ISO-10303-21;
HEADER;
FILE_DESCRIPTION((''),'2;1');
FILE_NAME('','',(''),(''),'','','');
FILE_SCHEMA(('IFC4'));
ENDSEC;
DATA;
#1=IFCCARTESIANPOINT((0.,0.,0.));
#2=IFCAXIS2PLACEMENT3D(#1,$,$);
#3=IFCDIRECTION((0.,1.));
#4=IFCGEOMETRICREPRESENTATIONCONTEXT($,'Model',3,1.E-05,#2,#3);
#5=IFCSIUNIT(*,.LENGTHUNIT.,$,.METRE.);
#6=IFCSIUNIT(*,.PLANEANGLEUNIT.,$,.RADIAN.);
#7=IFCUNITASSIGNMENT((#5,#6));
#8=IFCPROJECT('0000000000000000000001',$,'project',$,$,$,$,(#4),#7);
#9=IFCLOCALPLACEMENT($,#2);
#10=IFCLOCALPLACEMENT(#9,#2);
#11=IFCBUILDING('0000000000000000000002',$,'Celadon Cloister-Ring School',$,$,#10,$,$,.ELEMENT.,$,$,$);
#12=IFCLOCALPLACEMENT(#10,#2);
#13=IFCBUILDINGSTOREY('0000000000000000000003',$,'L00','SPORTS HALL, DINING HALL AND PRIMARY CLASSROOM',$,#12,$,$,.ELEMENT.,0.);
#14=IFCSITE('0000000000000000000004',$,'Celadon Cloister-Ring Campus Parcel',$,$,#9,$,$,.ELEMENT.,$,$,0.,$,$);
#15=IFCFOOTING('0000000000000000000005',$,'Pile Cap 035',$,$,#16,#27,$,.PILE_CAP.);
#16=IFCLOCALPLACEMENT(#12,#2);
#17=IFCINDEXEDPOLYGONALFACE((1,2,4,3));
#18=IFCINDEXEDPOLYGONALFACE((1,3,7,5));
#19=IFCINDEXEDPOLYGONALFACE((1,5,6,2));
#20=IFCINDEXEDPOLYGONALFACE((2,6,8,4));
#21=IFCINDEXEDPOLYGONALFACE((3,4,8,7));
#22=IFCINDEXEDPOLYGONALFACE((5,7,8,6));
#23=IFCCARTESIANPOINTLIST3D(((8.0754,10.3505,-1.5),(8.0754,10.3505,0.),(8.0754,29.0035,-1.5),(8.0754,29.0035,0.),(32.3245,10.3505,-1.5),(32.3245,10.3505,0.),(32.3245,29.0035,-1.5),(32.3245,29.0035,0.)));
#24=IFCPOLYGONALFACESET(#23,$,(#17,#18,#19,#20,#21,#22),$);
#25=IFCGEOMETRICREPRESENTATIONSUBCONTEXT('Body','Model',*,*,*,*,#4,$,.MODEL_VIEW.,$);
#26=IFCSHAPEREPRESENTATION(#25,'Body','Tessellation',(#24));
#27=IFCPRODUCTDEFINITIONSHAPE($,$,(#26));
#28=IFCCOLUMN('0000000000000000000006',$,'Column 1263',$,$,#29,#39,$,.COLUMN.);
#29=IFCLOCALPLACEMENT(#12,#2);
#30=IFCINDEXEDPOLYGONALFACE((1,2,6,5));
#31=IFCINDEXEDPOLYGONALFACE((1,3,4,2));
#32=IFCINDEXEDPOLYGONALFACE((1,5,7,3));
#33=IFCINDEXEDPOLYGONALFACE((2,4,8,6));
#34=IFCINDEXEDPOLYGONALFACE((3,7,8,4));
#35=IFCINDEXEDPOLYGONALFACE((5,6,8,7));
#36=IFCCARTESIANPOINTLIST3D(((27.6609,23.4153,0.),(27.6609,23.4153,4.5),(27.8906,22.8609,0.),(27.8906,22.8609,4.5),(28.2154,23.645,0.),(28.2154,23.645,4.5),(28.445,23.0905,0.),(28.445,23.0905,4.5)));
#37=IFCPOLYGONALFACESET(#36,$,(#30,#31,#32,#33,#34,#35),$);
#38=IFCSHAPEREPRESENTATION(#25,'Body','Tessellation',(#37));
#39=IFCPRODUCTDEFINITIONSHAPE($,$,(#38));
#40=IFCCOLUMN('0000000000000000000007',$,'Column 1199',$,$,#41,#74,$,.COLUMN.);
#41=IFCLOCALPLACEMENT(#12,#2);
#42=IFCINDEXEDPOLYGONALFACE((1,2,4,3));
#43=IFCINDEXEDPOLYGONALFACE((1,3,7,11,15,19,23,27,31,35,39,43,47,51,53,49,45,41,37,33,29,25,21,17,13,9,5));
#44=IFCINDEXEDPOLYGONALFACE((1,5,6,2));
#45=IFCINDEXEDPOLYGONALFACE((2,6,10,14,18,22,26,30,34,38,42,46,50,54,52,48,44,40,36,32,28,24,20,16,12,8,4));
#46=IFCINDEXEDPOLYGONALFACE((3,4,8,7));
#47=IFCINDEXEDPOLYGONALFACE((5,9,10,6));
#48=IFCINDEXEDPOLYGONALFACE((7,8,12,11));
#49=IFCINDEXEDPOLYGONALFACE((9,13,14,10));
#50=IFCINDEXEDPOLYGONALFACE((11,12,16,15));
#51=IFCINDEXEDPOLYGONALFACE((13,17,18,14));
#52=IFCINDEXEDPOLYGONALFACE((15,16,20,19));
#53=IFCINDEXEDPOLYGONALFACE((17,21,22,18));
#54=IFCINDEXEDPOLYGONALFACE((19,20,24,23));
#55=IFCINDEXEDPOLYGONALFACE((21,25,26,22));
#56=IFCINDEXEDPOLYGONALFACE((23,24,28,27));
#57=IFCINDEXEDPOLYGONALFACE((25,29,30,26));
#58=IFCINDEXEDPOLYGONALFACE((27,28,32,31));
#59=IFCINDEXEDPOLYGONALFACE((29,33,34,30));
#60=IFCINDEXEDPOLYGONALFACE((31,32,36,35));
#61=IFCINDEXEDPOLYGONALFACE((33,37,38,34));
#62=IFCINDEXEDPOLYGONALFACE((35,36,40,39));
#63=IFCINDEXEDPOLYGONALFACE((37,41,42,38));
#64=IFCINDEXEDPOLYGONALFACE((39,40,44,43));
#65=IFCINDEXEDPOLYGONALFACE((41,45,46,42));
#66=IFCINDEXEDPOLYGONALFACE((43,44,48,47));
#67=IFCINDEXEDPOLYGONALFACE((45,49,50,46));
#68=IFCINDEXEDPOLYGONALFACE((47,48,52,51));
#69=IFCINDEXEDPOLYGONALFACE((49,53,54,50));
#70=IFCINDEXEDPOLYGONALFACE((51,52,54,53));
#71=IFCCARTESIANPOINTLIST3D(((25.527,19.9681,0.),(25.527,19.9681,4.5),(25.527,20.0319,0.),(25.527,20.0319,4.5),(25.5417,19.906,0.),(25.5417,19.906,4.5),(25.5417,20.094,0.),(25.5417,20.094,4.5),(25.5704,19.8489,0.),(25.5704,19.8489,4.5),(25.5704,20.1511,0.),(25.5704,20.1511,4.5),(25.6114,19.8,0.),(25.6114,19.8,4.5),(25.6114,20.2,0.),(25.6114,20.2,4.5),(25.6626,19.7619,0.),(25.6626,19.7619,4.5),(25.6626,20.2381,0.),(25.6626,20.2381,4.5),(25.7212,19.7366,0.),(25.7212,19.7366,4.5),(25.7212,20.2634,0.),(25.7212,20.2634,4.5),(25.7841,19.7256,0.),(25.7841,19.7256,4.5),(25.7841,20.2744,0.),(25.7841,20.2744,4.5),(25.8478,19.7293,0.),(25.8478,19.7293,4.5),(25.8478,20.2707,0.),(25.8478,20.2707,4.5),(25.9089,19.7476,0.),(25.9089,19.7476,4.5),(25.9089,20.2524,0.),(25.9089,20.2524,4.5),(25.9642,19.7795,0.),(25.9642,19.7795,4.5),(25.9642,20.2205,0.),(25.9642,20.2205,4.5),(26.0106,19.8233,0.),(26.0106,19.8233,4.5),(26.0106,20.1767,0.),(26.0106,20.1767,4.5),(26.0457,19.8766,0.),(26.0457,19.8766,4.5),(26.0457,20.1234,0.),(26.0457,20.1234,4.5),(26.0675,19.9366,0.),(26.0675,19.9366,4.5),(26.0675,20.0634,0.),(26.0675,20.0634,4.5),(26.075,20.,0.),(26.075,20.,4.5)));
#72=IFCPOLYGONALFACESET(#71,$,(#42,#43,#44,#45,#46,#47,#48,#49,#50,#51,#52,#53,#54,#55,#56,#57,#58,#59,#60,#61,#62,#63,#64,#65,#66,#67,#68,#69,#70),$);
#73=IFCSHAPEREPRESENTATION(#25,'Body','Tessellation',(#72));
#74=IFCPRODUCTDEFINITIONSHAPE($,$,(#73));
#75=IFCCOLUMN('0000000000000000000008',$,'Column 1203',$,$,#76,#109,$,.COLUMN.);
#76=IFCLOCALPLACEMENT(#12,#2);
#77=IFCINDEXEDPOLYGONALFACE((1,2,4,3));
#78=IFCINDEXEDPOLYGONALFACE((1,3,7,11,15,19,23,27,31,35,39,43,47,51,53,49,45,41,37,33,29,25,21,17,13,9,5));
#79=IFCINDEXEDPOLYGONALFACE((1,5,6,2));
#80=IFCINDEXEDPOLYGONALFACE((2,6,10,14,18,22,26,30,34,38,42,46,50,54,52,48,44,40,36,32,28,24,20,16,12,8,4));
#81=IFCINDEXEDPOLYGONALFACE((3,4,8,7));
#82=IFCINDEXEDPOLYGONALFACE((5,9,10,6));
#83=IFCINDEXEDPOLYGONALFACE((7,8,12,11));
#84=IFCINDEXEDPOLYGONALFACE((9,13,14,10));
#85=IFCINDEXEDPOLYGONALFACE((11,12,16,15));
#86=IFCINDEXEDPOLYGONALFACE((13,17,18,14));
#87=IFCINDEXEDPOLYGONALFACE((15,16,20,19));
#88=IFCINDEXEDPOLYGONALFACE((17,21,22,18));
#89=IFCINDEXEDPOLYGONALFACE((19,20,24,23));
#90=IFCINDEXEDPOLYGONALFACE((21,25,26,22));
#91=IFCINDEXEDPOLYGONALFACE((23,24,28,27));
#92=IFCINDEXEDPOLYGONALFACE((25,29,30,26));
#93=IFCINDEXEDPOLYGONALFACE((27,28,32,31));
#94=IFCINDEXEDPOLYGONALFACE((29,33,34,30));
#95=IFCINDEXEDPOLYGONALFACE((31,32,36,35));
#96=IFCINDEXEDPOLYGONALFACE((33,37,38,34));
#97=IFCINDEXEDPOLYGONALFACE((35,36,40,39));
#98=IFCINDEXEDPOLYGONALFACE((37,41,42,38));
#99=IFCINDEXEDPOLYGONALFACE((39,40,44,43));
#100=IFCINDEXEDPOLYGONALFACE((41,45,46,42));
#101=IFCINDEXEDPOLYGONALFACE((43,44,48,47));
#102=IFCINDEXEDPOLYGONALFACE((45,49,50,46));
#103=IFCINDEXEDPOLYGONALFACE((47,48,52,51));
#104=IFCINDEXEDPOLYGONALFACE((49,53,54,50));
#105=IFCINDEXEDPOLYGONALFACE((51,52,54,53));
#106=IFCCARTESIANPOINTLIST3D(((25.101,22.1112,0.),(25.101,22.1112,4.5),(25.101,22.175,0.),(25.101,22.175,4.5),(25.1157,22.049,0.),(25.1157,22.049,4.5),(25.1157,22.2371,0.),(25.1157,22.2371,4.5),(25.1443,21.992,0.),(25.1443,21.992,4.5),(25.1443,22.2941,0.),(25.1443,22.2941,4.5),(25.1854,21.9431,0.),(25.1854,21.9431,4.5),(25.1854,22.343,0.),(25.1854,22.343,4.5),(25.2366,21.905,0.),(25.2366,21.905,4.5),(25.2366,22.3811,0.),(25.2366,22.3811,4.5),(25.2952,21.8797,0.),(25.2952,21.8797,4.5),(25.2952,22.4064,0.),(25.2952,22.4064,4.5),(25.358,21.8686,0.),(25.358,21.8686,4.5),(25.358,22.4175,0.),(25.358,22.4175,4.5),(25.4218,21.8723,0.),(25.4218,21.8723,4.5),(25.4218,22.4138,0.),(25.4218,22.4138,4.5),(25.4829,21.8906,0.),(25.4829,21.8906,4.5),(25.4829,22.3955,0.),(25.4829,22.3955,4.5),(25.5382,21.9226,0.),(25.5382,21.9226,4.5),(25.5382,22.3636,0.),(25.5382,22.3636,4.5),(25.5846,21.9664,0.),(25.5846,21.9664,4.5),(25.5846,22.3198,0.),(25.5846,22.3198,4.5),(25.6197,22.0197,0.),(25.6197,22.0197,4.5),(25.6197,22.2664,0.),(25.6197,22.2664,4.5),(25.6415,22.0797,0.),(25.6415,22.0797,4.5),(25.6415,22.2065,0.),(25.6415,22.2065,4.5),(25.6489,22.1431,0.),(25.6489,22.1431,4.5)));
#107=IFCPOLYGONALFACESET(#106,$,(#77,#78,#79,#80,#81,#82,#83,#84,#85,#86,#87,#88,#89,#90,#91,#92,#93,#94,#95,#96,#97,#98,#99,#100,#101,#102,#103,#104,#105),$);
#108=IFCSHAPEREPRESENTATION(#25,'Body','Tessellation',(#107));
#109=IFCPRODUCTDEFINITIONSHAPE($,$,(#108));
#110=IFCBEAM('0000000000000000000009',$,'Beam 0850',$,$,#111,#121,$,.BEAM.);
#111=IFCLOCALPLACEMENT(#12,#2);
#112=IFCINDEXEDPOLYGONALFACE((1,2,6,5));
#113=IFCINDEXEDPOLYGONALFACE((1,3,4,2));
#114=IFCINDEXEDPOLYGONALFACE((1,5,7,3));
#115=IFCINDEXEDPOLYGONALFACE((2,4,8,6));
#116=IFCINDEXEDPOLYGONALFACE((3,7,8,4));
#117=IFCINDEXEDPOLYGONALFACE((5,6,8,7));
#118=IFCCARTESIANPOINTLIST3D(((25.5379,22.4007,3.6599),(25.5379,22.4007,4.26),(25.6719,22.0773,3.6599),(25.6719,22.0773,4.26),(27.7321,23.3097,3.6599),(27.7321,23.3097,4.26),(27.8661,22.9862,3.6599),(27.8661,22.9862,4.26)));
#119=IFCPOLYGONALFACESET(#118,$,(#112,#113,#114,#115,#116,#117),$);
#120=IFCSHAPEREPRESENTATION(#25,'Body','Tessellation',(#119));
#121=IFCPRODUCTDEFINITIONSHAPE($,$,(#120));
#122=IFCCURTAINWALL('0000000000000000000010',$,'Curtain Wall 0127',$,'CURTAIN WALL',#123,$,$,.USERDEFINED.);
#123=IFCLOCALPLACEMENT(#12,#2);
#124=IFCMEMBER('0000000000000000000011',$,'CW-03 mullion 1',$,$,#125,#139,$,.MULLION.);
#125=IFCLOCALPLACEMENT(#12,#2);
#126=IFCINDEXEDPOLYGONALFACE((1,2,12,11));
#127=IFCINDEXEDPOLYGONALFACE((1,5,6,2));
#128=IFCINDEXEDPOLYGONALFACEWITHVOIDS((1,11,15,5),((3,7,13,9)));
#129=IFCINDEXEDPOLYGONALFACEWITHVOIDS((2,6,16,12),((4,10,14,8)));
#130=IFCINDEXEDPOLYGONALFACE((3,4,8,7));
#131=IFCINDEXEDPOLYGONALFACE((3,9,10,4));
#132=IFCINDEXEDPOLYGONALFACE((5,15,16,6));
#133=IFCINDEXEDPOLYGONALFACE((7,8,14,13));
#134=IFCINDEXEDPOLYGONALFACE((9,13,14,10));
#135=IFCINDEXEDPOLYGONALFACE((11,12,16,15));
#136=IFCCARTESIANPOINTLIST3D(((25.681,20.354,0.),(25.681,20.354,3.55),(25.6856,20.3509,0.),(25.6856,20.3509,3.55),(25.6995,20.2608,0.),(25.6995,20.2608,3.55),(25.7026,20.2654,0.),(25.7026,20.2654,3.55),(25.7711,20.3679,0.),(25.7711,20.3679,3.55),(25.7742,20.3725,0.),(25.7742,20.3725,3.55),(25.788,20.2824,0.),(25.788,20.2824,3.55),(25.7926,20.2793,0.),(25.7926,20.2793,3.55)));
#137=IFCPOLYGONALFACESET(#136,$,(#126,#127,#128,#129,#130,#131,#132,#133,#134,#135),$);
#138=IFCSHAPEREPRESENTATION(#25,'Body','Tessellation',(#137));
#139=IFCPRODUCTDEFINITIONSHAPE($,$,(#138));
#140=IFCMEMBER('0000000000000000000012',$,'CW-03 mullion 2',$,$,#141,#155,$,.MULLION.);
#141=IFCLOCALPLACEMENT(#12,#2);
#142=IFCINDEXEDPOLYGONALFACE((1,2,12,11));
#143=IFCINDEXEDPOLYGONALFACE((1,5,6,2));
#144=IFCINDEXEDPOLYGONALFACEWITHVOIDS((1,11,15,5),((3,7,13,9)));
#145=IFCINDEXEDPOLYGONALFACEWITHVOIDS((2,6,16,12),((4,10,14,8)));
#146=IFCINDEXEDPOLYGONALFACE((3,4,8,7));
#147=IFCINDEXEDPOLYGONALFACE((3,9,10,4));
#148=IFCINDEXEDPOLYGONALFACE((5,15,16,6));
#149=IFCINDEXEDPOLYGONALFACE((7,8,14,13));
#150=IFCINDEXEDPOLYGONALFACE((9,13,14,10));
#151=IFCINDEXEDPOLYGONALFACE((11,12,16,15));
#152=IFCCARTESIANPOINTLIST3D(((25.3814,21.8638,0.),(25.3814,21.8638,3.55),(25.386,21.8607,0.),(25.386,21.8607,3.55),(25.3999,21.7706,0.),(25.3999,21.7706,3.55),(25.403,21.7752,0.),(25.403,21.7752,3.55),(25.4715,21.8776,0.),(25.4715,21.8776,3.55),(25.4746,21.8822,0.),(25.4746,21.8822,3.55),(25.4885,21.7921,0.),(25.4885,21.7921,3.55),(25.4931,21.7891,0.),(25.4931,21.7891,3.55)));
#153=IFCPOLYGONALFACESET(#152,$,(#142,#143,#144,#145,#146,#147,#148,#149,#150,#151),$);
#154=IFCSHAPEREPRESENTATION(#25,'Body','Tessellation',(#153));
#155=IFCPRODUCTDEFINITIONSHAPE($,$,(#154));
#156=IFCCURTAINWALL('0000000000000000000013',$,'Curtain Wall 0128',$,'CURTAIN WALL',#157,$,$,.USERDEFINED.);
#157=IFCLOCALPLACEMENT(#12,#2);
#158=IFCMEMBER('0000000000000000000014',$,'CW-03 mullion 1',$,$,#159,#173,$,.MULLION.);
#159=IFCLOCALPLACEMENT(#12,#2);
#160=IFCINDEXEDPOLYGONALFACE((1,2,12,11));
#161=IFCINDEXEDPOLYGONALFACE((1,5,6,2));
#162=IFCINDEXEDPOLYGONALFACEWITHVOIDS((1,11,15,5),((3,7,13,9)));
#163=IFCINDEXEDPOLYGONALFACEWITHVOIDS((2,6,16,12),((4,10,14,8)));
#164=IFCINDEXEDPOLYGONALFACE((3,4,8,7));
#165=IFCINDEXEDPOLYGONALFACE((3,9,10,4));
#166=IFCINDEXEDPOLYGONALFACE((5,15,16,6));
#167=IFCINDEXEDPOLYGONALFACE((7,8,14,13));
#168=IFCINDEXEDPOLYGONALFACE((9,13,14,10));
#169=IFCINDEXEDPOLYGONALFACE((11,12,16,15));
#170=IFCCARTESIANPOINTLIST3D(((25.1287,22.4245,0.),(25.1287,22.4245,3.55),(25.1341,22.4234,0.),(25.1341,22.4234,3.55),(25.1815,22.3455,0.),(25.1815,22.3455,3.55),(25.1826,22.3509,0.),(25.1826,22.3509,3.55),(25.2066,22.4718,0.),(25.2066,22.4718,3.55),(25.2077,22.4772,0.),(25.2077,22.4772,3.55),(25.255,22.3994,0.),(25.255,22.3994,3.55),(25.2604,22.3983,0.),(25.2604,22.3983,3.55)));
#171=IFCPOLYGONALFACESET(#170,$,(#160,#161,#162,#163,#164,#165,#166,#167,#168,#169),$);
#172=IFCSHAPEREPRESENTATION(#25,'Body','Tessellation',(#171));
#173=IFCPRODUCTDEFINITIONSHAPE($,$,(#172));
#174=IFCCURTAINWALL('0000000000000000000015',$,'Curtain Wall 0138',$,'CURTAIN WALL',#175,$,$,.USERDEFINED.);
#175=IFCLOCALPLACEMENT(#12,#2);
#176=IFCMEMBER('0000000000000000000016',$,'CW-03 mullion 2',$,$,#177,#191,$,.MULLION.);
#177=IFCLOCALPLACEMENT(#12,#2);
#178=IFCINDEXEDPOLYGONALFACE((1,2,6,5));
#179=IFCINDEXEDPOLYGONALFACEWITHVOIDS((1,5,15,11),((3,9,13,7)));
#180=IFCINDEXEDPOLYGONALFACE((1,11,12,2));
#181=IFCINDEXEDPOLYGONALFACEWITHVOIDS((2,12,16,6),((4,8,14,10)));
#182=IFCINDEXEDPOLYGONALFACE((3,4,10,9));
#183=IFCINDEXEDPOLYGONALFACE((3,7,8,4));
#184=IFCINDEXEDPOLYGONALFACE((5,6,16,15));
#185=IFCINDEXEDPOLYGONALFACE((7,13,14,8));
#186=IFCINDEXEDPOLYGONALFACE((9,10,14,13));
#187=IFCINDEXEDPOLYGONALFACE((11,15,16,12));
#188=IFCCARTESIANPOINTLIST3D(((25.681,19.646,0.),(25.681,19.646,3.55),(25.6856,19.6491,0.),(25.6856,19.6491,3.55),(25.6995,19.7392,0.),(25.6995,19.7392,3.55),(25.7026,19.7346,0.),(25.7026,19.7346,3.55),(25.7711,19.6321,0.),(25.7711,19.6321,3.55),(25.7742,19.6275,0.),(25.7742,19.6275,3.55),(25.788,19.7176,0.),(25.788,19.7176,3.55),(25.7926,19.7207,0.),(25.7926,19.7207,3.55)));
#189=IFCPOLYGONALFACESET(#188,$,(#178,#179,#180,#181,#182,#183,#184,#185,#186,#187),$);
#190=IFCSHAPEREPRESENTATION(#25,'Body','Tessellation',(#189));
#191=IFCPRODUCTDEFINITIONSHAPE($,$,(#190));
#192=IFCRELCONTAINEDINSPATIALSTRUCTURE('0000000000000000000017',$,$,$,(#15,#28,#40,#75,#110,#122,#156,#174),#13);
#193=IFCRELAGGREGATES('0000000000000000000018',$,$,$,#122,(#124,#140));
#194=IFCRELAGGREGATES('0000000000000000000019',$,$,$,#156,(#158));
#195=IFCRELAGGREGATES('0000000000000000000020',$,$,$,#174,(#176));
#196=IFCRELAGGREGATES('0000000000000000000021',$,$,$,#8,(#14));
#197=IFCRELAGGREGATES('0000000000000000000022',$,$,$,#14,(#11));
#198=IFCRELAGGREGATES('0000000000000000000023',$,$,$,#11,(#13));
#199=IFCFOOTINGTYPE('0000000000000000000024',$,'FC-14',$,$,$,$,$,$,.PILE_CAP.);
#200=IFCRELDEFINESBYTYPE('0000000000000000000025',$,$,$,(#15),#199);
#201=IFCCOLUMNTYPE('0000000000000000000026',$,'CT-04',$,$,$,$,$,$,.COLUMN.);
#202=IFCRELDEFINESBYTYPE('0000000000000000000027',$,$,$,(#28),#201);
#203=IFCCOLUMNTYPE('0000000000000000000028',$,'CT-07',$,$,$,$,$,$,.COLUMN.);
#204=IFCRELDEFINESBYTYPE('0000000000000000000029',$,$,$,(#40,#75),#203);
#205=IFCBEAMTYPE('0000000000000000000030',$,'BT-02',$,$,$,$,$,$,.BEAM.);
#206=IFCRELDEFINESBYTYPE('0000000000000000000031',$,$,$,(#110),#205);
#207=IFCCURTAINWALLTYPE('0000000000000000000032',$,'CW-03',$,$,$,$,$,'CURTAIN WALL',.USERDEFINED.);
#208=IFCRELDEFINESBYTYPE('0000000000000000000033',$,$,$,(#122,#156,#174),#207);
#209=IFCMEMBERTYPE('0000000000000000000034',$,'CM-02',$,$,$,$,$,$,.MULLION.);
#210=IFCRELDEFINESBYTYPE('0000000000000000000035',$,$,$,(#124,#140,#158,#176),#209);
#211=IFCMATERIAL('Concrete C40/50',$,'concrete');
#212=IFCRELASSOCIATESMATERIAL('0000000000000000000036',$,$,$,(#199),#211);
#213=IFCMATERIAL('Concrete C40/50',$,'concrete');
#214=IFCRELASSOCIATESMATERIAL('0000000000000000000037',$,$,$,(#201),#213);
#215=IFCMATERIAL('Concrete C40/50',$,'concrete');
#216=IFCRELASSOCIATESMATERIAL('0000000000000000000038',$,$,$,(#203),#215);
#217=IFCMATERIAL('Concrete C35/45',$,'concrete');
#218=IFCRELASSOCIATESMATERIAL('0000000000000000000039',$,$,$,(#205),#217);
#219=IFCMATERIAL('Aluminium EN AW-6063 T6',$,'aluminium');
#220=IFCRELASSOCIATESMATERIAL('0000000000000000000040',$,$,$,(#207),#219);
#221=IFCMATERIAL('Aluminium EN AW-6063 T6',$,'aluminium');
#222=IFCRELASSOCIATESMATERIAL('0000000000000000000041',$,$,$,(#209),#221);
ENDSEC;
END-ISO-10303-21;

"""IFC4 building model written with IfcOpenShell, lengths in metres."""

from ifc_helpers import new_model, si_unit, direction, frame, origin, origin_2d, place, context, subcontext, project, spatial, rectangle, hollow_rectangle, circle, extrude, material, material_profile, profile_set, type_object, element, aggregate, save


model = new_model("IFC4")

# Units and contexts
model_context = context("Model", 3, precision=1e-05, world=origin(), true_north=direction((0.0, 1.0)))
body_context = subcontext(model_context, "Body", "Model", "MODEL_VIEW")
ifc_project = project(units=[si_unit("LENGTHUNIT", "METRE"), si_unit("PLANEANGLEUNIT", "RADIAN")], contexts=[model_context])

# Site, building, storey
site_placement = place(None, origin())
site = spatial("IfcSite", under=ifc_project, at=site_placement, Name="Celadon Cloister-Ring Campus Parcel", CompositionType="ELEMENT", RefElevation=0.0)
building_placement = place(site_placement, origin())
building = spatial("IfcBuilding", under=site, at=building_placement, Name="Celadon Cloister-Ring School", CompositionType="ELEMENT")
storey_placement = place(building_placement, origin())
storey = spatial("IfcBuildingStorey", under=building, at=storey_placement, Name="L00", Description="SPORTS HALL, DINING HALL AND PRIMARY CLASSROOM", CompositionType="ELEMENT", Elevation=0.0)

# Footing
ifc_material_1 = material(Name="Concrete C40/50", Category="concrete")
footing_type = type_object("IfcFootingType", Name="FC-14", PredefinedType="PILE_CAP", material=ifc_material_1)
footing_placement = place(storey_placement, frame((20.2, 19.677, -1.5), z_axis=(0.0, 0.0, 1.0), x_axis=(1.0, 0.0, 0.0)))
element("IfcFooting", 1, at=footing_placement, inside=storey, type_object=footing_type, Name="Pile Cap 035", PredefinedType="PILE_CAP", context=body_context, shape_type="SweptSolid", body=[
    extrude(rectangle(XDim=24.249, YDim=18.6531, at=origin_2d()), origin(), (0.0, 0.0, 1.0), 1.5),
])

# Columns
ifc_material_2 = material(Name="Concrete C40/50", Category="concrete")
ifc_material_profile_1 = material_profile(ifc_material_2, rectangle(XDim=0.6001, YDim=0.6001, at=origin_2d()), Name="RC600X600")
ifc_profile_set_1 = profile_set([ifc_material_profile_1], Name="Concrete C40/50")
column_type_1 = type_object("IfcColumnType", Name="CT-04", PredefinedType="COLUMN", material=ifc_profile_set_1)
column_placement = place(storey_placement, frame((28.053, 23.2529, 0.0), z_axis=(0.0, 0.0, 1.0), x_axis=(0.92388, 0.382683, 0.0)))
element("IfcColumn", 2, at=column_placement, inside=storey, type_object=column_type_1, Name="Column 1263", PredefinedType="COLUMN", context=body_context, shape_type="SweptSolid", body=[
    extrude(rectangle(XDim=0.6001, YDim=0.6001, at=origin_2d()), origin(), (0.0, 0.0, 1.0), 4.5),
])
ifc_material_3 = material(Name="Concrete C40/50", Category="concrete")
ifc_material_profile_2 = material_profile(ifc_material_3, circle(Radius=0.2749, at=origin_2d()), Name="CIRC550")
ifc_profile_set_2 = profile_set([ifc_material_profile_2], Name="Concrete C40/50")
column_type_2 = type_object("IfcColumnType", Name="CT-07", PredefinedType="COLUMN", material=ifc_profile_set_2)
for number, where, z_axis, x_axis, name in (
    (3, (25.8, 20.0, 0.0), (0.0, 0.0, 1.0), (1.0, 0.0, 0.0), "Column 1199"),
    (4, (25.374, 22.1431, 0.0), (0.0, 0.0, 1.0), (1.0, 0.0, 0.0), "Column 1203"),
):
    element("IfcColumn", number, at=place(storey_placement, frame(where, z_axis=z_axis, x_axis=x_axis)), inside=storey, type_object=column_type_2, Name=name, PredefinedType="COLUMN", context=body_context, shape_type="SweptSolid", body=[
        extrude(circle(Radius=0.2749, at=origin_2d()), origin(), (0.0, 0.0, 1.0), 4.5),
    ])

# Beam
ifc_material_4 = material(Name="Concrete C35/45", Category="concrete")
ifc_material_profile_3 = material_profile(ifc_material_4, rectangle(XDim=0.3501, YDim=0.6001, at=origin_2d()), Name="RC350X600")
ifc_profile_set_3 = profile_set([ifc_material_profile_3], Name="Concrete C35/45")
beam_type_1 = type_object("IfcBeamType", Name="BT-02", PredefinedType="BEAM", material=ifc_profile_set_3)
beam_1_placement = place(storey_placement, frame((27.7991, 23.1479, 3.96), z_axis=(-0.923863, -0.382724, 0.0), x_axis=(0.382724, -0.923863, 0.0)))
element("IfcBeam", 5, at=beam_1_placement, inside=storey, type_object=beam_type_1, Name="Beam 0850", PredefinedType="BEAM", context=body_context, shape_type="SweptSolid", body=[
    extrude(rectangle(XDim=0.3501, YDim=0.6001, at=origin_2d()), origin(), (0.0, 0.0, 1.0), 2.375),
])

# Curtain wall, members
ifc_material_5 = material(Name="Aluminium EN AW-6063 T6", Category="aluminium")
curtain_wall_type = type_object("IfcCurtainWallType", Name="CW-03", ElementType="CURTAIN WALL", PredefinedType="USERDEFINED", material=ifc_material_5)
curtain_wall_1_placement = place(storey_placement, origin())
curtain_wall_1 = element("IfcCurtainWall", 6, at=curtain_wall_1_placement, inside=storey, type_object=curtain_wall_type, Name="Curtain Wall 0127", ObjectType="CURTAIN WALL", PredefinedType="USERDEFINED")
ifc_material_6 = material(Name="Aluminium EN AW-6063 T6", Category="aluminium")
ifc_material_profile_4 = material_profile(ifc_material_6, hollow_rectangle(XDim=0.095, YDim=0.095, WallThickness=0.0039, at=origin_2d()), Name="RHS95X95X4")
ifc_profile_set_4 = profile_set([ifc_material_profile_4], Name="Aluminium EN AW-6063 T6")
member_type_1 = type_object("IfcMemberType", Name="CM-02", PredefinedType="MULLION", material=ifc_profile_set_4)
member_1_placement = place(storey_placement, frame((25.7368, 20.3167, 0.0), z_axis=(0.0, 0.0, 1.0), x_axis=(-0.980885, -0.194586, 0.0)))
member_1 = element("IfcMember", 7, at=member_1_placement, type_object=member_type_1, Name="CW-03 mullion 1", PredefinedType="MULLION", context=body_context, shape_type="SweptSolid", body=[
    extrude(hollow_rectangle(XDim=0.095, YDim=0.095, WallThickness=0.0039, at=origin_2d()), origin(), (0.0, 0.0, 1.0), 3.55),
])
member_2_placement = place(storey_placement, frame((25.4373, 21.8264, 0.0), z_axis=(0.0, 0.0, 1.0), x_axis=(-0.980885, -0.194586, 0.0)))
member_2 = element("IfcMember", 8, at=member_2_placement, type_object=member_type_1, Name="CW-03 mullion 2", PredefinedType="MULLION", context=body_context, shape_type="SweptSolid", body=[
    extrude(hollow_rectangle(XDim=0.095, YDim=0.095, WallThickness=0.0039, at=origin_2d()), origin(), (0.0, 0.0, 1.0), 3.55),
])

# Curtain walls, members
curtain_wall_2_placement = place(storey_placement, origin())
curtain_wall_2 = element("IfcCurtainWall", 9, at=curtain_wall_2_placement, inside=storey, type_object=curtain_wall_type, Name="Curtain Wall 0128", ObjectType="CURTAIN WALL", PredefinedType="USERDEFINED")
member_3_placement = place(storey_placement, frame((25.1946, 22.4114, 0.0), z_axis=(0.0, 0.0, 1.0), x_axis=(-0.831485, -0.555547, 0.0)))
member_3 = element("IfcMember", 10, at=member_3_placement, type_object=member_type_1, Name="CW-03 mullion 1", PredefinedType="MULLION", context=body_context, shape_type="SweptSolid", body=[
    extrude(hollow_rectangle(XDim=0.095, YDim=0.095, WallThickness=0.0039, at=origin_2d()), origin(), (0.0, 0.0, 1.0), 3.55),
])
curtain_wall_3_placement = place(storey_placement, origin())
curtain_wall_3 = element("IfcCurtainWall", 11, at=curtain_wall_3_placement, inside=storey, type_object=curtain_wall_type, Name="Curtain Wall 0138", ObjectType="CURTAIN WALL", PredefinedType="USERDEFINED")
member_4_placement = place(storey_placement, frame((25.7368, 19.6833, 0.0), z_axis=(0.0, 0.0, 1.0), x_axis=(-0.980885, 0.194586, 0.0)))
member_4 = element("IfcMember", 12, at=member_4_placement, type_object=member_type_1, Name="CW-03 mullion 2", PredefinedType="MULLION", context=body_context, shape_type="SweptSolid", body=[
    extrude(hollow_rectangle(XDim=0.095, YDim=0.095, WallThickness=0.0039, at=origin_2d()), origin(), (0.0, 0.0, 1.0), 3.55),
])

aggregate(curtain_wall_1, [member_1, member_2])
aggregate(curtain_wall_2, [member_3])
aggregate(curtain_wall_3, [member_4])

save(model, "model.ifc")
